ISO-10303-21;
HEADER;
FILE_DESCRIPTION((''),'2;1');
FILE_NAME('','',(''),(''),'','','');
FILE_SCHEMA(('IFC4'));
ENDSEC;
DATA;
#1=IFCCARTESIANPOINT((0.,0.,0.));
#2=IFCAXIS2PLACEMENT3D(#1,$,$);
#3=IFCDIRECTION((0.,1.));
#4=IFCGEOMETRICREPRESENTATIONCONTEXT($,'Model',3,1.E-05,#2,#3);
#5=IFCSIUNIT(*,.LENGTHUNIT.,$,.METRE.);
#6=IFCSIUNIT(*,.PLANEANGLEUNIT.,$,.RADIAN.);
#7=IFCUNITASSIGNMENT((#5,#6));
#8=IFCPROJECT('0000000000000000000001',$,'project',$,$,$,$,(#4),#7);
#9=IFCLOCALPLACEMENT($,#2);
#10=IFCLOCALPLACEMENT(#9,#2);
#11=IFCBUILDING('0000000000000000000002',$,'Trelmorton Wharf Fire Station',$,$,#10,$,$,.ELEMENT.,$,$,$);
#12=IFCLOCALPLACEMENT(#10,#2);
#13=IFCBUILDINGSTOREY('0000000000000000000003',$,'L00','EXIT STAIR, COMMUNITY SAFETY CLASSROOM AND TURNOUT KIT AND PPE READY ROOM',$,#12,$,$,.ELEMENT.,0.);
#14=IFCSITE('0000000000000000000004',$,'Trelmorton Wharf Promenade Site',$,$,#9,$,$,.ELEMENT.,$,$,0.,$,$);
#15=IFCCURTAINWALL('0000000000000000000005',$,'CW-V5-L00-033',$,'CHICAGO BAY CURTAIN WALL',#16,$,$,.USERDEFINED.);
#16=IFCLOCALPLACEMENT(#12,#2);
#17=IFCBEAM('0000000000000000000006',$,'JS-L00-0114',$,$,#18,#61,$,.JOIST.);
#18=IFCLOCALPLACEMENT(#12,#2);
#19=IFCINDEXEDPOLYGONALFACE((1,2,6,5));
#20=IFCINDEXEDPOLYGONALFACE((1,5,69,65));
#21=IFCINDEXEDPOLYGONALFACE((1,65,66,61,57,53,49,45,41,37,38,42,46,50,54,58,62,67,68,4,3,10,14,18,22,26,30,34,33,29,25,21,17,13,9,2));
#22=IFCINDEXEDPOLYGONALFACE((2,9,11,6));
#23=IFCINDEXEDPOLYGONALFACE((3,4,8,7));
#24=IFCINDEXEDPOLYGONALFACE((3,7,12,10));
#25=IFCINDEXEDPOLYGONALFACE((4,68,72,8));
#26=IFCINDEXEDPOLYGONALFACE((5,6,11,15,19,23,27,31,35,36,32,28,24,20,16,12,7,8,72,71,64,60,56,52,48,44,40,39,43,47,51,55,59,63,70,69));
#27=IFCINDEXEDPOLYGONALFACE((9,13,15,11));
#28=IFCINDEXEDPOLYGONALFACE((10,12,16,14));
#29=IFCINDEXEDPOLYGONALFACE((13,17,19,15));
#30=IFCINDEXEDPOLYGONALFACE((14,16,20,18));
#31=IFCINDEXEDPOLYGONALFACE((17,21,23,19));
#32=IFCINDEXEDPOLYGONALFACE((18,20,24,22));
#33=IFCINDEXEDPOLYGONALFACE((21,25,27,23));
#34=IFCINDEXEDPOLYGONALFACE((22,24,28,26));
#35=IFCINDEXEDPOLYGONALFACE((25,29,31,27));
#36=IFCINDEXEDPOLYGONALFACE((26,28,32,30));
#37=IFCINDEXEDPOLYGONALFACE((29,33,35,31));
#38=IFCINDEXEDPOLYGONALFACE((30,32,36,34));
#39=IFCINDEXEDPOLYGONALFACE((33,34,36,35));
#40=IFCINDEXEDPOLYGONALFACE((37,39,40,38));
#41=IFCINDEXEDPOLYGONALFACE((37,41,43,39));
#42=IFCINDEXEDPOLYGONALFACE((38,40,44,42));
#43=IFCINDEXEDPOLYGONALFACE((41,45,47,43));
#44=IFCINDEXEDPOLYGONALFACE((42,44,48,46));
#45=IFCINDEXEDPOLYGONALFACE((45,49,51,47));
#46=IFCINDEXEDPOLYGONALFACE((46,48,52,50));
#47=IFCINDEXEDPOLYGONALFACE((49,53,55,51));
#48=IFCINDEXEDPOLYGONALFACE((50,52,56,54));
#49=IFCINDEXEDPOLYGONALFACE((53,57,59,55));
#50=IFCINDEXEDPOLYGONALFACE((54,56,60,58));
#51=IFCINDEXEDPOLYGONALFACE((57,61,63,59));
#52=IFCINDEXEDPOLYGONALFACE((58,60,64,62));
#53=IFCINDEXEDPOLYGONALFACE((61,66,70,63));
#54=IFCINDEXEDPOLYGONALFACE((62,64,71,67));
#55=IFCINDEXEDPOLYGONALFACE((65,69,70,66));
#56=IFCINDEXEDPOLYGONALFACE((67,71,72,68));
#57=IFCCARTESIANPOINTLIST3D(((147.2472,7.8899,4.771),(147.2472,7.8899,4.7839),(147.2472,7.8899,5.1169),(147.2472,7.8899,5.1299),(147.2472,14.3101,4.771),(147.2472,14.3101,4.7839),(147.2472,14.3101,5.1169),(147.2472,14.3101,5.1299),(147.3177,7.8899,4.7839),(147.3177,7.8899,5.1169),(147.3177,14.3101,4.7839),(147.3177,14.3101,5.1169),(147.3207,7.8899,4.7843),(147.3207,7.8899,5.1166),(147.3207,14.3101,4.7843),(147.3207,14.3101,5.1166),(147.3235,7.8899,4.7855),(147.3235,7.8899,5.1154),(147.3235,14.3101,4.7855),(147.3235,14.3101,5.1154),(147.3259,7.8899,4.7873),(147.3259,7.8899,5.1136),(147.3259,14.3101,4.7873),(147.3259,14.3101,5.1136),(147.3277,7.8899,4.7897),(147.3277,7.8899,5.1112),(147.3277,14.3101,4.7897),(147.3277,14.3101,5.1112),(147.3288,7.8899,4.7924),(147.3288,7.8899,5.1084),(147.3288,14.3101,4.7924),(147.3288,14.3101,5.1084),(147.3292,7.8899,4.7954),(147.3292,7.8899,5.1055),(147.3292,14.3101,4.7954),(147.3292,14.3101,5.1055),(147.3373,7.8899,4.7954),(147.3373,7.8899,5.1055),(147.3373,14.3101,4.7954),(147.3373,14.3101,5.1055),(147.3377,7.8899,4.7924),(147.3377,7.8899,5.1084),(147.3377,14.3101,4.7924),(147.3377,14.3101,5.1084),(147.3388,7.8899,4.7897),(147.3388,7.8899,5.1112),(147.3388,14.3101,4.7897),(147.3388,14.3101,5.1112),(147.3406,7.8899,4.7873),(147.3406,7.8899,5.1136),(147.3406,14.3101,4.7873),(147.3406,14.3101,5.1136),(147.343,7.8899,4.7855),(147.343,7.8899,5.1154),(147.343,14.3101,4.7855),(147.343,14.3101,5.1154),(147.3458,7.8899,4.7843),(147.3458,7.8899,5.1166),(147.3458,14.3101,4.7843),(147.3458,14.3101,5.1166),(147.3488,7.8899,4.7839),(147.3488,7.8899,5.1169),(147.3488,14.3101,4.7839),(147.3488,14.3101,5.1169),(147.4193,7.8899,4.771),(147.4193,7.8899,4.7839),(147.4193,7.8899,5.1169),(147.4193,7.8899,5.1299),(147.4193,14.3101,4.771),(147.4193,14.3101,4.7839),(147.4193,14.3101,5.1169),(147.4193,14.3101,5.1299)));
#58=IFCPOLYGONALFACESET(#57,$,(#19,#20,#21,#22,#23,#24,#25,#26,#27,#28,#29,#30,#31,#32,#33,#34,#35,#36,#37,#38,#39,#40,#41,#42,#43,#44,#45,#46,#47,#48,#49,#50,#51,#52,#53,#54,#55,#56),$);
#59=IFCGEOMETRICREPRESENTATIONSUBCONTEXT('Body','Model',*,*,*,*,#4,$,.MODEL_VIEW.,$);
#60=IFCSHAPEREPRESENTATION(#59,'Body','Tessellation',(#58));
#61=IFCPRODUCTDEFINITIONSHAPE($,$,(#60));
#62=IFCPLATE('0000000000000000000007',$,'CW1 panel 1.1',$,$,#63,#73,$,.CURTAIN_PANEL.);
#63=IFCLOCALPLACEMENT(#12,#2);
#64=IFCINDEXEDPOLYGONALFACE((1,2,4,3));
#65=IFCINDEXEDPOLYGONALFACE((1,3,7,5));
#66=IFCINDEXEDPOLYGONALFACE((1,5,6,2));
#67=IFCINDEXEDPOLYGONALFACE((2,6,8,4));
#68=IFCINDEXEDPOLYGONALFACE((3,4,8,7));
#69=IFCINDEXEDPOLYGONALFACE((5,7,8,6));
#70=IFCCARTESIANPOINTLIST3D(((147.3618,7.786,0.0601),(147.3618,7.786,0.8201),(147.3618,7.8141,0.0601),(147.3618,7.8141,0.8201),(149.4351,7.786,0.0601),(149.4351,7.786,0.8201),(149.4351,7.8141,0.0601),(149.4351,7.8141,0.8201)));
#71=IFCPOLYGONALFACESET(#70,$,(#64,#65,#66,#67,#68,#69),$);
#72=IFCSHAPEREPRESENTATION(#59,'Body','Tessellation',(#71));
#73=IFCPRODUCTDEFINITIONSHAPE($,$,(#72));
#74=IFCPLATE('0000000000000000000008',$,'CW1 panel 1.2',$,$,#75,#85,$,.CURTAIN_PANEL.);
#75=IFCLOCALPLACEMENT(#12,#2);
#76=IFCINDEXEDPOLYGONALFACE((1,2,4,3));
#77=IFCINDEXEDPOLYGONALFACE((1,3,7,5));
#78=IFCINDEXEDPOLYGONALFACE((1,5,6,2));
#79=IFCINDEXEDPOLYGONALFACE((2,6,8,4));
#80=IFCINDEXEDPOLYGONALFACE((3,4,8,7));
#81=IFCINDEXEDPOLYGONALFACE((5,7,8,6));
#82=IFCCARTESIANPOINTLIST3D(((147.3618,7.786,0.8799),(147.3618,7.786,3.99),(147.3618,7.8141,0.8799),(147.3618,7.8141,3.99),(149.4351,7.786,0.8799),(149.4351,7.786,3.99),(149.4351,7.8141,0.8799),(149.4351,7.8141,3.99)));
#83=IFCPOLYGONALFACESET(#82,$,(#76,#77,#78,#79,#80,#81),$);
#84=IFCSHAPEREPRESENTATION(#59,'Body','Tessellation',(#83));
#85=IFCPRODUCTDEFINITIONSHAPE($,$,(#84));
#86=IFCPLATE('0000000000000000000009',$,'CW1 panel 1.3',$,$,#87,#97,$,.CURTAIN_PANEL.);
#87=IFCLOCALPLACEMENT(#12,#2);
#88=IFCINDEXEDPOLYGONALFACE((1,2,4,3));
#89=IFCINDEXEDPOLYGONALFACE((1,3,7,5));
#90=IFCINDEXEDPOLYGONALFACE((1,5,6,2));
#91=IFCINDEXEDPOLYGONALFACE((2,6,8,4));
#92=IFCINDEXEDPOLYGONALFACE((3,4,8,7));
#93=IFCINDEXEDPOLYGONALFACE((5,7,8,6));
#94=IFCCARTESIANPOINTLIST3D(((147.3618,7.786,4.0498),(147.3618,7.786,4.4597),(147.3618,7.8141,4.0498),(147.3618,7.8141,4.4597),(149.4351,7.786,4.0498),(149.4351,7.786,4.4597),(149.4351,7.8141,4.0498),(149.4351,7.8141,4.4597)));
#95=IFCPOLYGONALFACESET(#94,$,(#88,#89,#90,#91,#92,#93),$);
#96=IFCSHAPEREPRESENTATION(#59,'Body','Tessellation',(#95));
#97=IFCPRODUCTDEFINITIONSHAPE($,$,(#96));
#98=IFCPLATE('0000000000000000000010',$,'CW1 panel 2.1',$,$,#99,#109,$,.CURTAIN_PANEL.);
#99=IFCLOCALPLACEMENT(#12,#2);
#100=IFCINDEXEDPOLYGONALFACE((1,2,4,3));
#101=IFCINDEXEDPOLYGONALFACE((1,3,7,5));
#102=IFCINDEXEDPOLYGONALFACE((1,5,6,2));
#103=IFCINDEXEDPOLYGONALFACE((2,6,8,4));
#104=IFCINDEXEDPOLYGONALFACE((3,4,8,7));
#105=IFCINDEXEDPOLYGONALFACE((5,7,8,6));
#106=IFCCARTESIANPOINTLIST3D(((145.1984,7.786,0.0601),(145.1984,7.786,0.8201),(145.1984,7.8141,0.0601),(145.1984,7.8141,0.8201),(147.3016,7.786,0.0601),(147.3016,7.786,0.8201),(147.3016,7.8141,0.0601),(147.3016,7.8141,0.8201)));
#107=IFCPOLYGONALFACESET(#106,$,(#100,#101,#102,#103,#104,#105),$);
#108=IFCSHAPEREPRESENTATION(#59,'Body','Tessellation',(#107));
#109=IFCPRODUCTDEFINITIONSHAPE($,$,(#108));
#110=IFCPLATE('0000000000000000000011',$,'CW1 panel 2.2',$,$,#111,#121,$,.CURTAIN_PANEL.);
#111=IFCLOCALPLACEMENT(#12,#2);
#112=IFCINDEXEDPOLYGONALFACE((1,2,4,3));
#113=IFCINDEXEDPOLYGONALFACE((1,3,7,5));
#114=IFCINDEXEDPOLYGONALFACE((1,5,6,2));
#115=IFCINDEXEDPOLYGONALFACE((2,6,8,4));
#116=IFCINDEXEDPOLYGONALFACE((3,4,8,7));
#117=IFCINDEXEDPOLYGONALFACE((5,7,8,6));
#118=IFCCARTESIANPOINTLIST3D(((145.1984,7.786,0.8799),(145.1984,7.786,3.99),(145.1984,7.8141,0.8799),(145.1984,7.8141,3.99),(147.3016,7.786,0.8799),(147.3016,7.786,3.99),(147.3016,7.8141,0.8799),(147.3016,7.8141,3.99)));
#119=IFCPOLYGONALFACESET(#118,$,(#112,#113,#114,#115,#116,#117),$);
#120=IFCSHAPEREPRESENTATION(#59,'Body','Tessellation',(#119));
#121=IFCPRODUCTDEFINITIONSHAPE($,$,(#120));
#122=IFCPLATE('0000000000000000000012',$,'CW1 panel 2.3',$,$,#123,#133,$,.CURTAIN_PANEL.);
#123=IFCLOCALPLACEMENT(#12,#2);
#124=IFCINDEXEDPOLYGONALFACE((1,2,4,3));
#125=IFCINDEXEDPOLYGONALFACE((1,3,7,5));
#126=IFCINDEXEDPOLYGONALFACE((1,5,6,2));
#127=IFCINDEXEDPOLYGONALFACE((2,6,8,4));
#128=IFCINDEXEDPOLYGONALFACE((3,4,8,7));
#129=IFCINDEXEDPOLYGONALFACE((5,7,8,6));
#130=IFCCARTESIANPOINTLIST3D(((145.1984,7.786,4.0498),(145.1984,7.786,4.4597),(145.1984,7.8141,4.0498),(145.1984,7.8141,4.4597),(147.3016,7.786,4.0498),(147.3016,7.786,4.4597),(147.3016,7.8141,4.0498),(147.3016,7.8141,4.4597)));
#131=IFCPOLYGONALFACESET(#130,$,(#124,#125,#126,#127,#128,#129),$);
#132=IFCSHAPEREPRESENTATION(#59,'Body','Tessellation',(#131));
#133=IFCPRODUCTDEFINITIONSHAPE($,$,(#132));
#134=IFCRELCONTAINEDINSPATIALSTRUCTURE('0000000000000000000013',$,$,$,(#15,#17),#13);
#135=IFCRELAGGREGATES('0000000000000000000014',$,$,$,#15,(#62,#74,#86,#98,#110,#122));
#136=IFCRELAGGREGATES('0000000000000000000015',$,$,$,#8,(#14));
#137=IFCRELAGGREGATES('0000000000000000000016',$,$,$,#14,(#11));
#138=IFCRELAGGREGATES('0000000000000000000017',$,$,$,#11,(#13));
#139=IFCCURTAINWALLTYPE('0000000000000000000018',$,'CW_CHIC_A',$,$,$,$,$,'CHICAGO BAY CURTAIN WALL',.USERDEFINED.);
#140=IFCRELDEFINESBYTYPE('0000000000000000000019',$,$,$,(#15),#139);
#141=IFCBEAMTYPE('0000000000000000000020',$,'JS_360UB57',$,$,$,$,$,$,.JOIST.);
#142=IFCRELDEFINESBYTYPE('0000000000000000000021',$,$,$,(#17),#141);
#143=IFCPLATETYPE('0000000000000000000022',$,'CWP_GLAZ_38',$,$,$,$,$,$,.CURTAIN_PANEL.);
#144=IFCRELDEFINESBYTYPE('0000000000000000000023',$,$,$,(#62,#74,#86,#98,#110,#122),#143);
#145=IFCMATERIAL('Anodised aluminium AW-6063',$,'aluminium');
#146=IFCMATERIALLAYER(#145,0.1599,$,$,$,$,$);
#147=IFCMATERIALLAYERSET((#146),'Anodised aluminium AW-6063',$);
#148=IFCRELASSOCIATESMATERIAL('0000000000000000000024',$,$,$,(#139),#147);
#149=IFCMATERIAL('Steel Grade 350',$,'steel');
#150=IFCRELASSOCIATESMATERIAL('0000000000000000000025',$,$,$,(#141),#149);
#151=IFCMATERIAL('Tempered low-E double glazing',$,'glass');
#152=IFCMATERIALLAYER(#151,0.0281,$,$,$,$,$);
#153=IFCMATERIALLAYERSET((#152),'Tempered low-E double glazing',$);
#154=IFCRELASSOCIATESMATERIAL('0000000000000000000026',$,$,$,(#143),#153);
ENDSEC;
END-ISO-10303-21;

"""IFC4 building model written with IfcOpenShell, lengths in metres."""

from ifc_helpers import new_model, si_unit, direction, frame, origin, origin_2d, place, context, subcontext, project, spatial, rectangle, i_section, extrude, material, layer, layer_set, material_profile, profile_set, type_object, element, aggregate, save


model = new_model("IFC4")

# Units and contexts
model_context = context("Model", 3, precision=1e-05, world=origin(), true_north=direction((0.0, 1.0)))
body_context = subcontext(model_context, "Body", "Model", "MODEL_VIEW")
ifc_project = project(units=[si_unit("LENGTHUNIT", "METRE"), si_unit("PLANEANGLEUNIT", "RADIAN")], contexts=[model_context])

# Site, building, storey
site_placement = place(None, origin())
site = spatial("IfcSite", under=ifc_project, at=site_placement, Name="Trelmorton Wharf Promenade Site", CompositionType="ELEMENT", RefElevation=0.0)
building_placement = place(site_placement, origin())
building = spatial("IfcBuilding", under=site, at=building_placement, Name="Trelmorton Wharf Fire Station", CompositionType="ELEMENT")
storey_placement = place(building_placement, origin())
storey = spatial("IfcBuildingStorey", under=building, at=storey_placement, Name="L00", Description="EXIT STAIR, COMMUNITY SAFETY CLASSROOM AND TURNOUT KIT AND PPE READY ROOM", CompositionType="ELEMENT", Elevation=0.0)

# Shared definitions
ifc_material_1 = material(Name="Steel Grade 350", Category="steel")

# Curtain wall
ifc_material_2 = material(Name="Anodised aluminium AW-6063", Category="aluminium")
ifc_layer_1 = layer(ifc_material_2, 0.1599)
ifc_layer_set_1 = layer_set([ifc_layer_1], Name="Anodised aluminium AW-6063")
curtain_wall_type = type_object("IfcCurtainWallType", Name="CW_CHIC_A", ElementType="CHICAGO BAY CURTAIN WALL", PredefinedType="USERDEFINED", material=ifc_layer_set_1)
curtain_wall_placement = place(storey_placement, origin())
curtain_wall = element("IfcCurtainWall", 1, at=curtain_wall_placement, inside=storey, type_object=curtain_wall_type, Name="CW-V5-L00-033", ObjectType="CHICAGO BAY CURTAIN WALL", PredefinedType="USERDEFINED")

# Beam
ifc_material_profile_1 = material_profile(ifc_material_1, i_section(OverallWidth=0.1721, OverallDepth=0.3589, WebThickness=0.0081, FlangeThickness=0.0129, FilletRadius=0.0115, at=origin_2d()), Name="360UB56.7")
ifc_profile_set_1 = profile_set([ifc_material_profile_1], Name="Steel Grade 350")
beam_type = type_object("IfcBeamType", Name="JS_360UB57", PredefinedType="JOIST", material=ifc_profile_set_1)
for number, where, z_axis, x_axis, name in (
    (2, (147.3333, 7.8899, 4.9504), (0.0, 1.0, 0.0), (-1.0, 0.0, 0.0), "JS-L00-0114"),
):
    element("IfcBeam", number, at=place(storey_placement, frame(where, z_axis=z_axis, x_axis=x_axis)), inside=storey, type_object=beam_type, Name=name, PredefinedType="JOIST", context=body_context, shape_type="SweptSolid", body=[
        extrude(i_section(OverallWidth=0.1721, OverallDepth=0.3589, WebThickness=0.0081, FlangeThickness=0.0129, FilletRadius=0.0115, at=origin_2d()), origin(), (0.0, 0.0, 1.0), 6.4202),
    ])

# Plates
ifc_material_3 = material(Name="Tempered low-E double glazing", Category="glass")
ifc_layer_2 = layer(ifc_material_3, 0.0281)
ifc_layer_set_2 = layer_set([ifc_layer_2], Name="Tempered low-E double glazing")
plate_type = type_object("IfcPlateType", Name="CWP_GLAZ_38", PredefinedType="CURTAIN_PANEL", material=ifc_layer_set_2)
plate_1_placement = place(storey_placement, frame((148.3984, 7.8, 0.0601), z_axis=(0.0, 0.0, 1.0), x_axis=(-1.0, 0.0, 0.0)))
plate_1 = element("IfcPlate", 3, at=plate_1_placement, type_object=plate_type, Name="CW1 panel 1.1", PredefinedType="CURTAIN_PANEL", context=body_context, shape_type="SweptSolid", body=[
    extrude(rectangle(XDim=2.0732, YDim=0.0281, at=origin_2d()), origin(), (0.0, 0.0, 1.0), 0.76),
])
plate_2_placement = place(storey_placement, frame((148.3984, 7.8, 0.8799), z_axis=(0.0, 0.0, 1.0), x_axis=(-1.0, 0.0, 0.0)))
plate_2 = element("IfcPlate", 4, at=plate_2_placement, type_object=plate_type, Name="CW1 panel 1.2", PredefinedType="CURTAIN_PANEL", context=body_context, shape_type="SweptSolid", body=[
    extrude(rectangle(XDim=2.0732, YDim=0.0281, at=origin_2d()), origin(), (0.0, 0.0, 1.0), 3.1101),
])
plate_3_placement = place(storey_placement, frame((148.3984, 7.8, 4.0498), z_axis=(0.0, 0.0, 1.0), x_axis=(-1.0, 0.0, 0.0)))
plate_3 = element("IfcPlate", 5, at=plate_3_placement, type_object=plate_type, Name="CW1 panel 1.3", PredefinedType="CURTAIN_PANEL", context=body_context, shape_type="SweptSolid", body=[
    extrude(rectangle(XDim=2.0732, YDim=0.0281, at=origin_2d()), origin(), (0.0, 0.0, 1.0), 0.4099),
])
plate_4_placement = place(storey_placement, frame((146.25, 7.8, 0.0601), z_axis=(0.0, 0.0, 1.0), x_axis=(-1.0, 0.0, 0.0)))
plate_4 = element("IfcPlate", 6, at=plate_4_placement, type_object=plate_type, Name="CW1 panel 2.1", PredefinedType="CURTAIN_PANEL", context=body_context, shape_type="SweptSolid", body=[
    extrude(rectangle(XDim=2.1033, YDim=0.0281, at=origin_2d()), origin(), (0.0, 0.0, 1.0), 0.76),
])
plate_5_placement = place(storey_placement, frame((146.25, 7.8, 0.8799), z_axis=(0.0, 0.0, 1.0), x_axis=(-1.0, 0.0, 0.0)))
plate_5 = element("IfcPlate", 7, at=plate_5_placement, type_object=plate_type, Name="CW1 panel 2.2", PredefinedType="CURTAIN_PANEL", context=body_context, shape_type="SweptSolid", body=[
    extrude(rectangle(XDim=2.1033, YDim=0.0281, at=origin_2d()), origin(), (0.0, 0.0, 1.0), 3.1101),
])
plate_6_placement = place(storey_placement, frame((146.25, 7.8, 4.0498), z_axis=(0.0, 0.0, 1.0), x_axis=(-1.0, 0.0, 0.0)))
plate_6 = element("IfcPlate", 8, at=plate_6_placement, type_object=plate_type, Name="CW1 panel 2.3", PredefinedType="CURTAIN_PANEL", context=body_context, shape_type="SweptSolid", body=[
    extrude(rectangle(XDim=2.1033, YDim=0.0281, at=origin_2d()), origin(), (0.0, 0.0, 1.0), 0.4099),
])
aggregate(curtain_wall, [plate_1, plate_2, plate_3, plate_4, plate_5, plate_6])

save(model, "model.ifc")
